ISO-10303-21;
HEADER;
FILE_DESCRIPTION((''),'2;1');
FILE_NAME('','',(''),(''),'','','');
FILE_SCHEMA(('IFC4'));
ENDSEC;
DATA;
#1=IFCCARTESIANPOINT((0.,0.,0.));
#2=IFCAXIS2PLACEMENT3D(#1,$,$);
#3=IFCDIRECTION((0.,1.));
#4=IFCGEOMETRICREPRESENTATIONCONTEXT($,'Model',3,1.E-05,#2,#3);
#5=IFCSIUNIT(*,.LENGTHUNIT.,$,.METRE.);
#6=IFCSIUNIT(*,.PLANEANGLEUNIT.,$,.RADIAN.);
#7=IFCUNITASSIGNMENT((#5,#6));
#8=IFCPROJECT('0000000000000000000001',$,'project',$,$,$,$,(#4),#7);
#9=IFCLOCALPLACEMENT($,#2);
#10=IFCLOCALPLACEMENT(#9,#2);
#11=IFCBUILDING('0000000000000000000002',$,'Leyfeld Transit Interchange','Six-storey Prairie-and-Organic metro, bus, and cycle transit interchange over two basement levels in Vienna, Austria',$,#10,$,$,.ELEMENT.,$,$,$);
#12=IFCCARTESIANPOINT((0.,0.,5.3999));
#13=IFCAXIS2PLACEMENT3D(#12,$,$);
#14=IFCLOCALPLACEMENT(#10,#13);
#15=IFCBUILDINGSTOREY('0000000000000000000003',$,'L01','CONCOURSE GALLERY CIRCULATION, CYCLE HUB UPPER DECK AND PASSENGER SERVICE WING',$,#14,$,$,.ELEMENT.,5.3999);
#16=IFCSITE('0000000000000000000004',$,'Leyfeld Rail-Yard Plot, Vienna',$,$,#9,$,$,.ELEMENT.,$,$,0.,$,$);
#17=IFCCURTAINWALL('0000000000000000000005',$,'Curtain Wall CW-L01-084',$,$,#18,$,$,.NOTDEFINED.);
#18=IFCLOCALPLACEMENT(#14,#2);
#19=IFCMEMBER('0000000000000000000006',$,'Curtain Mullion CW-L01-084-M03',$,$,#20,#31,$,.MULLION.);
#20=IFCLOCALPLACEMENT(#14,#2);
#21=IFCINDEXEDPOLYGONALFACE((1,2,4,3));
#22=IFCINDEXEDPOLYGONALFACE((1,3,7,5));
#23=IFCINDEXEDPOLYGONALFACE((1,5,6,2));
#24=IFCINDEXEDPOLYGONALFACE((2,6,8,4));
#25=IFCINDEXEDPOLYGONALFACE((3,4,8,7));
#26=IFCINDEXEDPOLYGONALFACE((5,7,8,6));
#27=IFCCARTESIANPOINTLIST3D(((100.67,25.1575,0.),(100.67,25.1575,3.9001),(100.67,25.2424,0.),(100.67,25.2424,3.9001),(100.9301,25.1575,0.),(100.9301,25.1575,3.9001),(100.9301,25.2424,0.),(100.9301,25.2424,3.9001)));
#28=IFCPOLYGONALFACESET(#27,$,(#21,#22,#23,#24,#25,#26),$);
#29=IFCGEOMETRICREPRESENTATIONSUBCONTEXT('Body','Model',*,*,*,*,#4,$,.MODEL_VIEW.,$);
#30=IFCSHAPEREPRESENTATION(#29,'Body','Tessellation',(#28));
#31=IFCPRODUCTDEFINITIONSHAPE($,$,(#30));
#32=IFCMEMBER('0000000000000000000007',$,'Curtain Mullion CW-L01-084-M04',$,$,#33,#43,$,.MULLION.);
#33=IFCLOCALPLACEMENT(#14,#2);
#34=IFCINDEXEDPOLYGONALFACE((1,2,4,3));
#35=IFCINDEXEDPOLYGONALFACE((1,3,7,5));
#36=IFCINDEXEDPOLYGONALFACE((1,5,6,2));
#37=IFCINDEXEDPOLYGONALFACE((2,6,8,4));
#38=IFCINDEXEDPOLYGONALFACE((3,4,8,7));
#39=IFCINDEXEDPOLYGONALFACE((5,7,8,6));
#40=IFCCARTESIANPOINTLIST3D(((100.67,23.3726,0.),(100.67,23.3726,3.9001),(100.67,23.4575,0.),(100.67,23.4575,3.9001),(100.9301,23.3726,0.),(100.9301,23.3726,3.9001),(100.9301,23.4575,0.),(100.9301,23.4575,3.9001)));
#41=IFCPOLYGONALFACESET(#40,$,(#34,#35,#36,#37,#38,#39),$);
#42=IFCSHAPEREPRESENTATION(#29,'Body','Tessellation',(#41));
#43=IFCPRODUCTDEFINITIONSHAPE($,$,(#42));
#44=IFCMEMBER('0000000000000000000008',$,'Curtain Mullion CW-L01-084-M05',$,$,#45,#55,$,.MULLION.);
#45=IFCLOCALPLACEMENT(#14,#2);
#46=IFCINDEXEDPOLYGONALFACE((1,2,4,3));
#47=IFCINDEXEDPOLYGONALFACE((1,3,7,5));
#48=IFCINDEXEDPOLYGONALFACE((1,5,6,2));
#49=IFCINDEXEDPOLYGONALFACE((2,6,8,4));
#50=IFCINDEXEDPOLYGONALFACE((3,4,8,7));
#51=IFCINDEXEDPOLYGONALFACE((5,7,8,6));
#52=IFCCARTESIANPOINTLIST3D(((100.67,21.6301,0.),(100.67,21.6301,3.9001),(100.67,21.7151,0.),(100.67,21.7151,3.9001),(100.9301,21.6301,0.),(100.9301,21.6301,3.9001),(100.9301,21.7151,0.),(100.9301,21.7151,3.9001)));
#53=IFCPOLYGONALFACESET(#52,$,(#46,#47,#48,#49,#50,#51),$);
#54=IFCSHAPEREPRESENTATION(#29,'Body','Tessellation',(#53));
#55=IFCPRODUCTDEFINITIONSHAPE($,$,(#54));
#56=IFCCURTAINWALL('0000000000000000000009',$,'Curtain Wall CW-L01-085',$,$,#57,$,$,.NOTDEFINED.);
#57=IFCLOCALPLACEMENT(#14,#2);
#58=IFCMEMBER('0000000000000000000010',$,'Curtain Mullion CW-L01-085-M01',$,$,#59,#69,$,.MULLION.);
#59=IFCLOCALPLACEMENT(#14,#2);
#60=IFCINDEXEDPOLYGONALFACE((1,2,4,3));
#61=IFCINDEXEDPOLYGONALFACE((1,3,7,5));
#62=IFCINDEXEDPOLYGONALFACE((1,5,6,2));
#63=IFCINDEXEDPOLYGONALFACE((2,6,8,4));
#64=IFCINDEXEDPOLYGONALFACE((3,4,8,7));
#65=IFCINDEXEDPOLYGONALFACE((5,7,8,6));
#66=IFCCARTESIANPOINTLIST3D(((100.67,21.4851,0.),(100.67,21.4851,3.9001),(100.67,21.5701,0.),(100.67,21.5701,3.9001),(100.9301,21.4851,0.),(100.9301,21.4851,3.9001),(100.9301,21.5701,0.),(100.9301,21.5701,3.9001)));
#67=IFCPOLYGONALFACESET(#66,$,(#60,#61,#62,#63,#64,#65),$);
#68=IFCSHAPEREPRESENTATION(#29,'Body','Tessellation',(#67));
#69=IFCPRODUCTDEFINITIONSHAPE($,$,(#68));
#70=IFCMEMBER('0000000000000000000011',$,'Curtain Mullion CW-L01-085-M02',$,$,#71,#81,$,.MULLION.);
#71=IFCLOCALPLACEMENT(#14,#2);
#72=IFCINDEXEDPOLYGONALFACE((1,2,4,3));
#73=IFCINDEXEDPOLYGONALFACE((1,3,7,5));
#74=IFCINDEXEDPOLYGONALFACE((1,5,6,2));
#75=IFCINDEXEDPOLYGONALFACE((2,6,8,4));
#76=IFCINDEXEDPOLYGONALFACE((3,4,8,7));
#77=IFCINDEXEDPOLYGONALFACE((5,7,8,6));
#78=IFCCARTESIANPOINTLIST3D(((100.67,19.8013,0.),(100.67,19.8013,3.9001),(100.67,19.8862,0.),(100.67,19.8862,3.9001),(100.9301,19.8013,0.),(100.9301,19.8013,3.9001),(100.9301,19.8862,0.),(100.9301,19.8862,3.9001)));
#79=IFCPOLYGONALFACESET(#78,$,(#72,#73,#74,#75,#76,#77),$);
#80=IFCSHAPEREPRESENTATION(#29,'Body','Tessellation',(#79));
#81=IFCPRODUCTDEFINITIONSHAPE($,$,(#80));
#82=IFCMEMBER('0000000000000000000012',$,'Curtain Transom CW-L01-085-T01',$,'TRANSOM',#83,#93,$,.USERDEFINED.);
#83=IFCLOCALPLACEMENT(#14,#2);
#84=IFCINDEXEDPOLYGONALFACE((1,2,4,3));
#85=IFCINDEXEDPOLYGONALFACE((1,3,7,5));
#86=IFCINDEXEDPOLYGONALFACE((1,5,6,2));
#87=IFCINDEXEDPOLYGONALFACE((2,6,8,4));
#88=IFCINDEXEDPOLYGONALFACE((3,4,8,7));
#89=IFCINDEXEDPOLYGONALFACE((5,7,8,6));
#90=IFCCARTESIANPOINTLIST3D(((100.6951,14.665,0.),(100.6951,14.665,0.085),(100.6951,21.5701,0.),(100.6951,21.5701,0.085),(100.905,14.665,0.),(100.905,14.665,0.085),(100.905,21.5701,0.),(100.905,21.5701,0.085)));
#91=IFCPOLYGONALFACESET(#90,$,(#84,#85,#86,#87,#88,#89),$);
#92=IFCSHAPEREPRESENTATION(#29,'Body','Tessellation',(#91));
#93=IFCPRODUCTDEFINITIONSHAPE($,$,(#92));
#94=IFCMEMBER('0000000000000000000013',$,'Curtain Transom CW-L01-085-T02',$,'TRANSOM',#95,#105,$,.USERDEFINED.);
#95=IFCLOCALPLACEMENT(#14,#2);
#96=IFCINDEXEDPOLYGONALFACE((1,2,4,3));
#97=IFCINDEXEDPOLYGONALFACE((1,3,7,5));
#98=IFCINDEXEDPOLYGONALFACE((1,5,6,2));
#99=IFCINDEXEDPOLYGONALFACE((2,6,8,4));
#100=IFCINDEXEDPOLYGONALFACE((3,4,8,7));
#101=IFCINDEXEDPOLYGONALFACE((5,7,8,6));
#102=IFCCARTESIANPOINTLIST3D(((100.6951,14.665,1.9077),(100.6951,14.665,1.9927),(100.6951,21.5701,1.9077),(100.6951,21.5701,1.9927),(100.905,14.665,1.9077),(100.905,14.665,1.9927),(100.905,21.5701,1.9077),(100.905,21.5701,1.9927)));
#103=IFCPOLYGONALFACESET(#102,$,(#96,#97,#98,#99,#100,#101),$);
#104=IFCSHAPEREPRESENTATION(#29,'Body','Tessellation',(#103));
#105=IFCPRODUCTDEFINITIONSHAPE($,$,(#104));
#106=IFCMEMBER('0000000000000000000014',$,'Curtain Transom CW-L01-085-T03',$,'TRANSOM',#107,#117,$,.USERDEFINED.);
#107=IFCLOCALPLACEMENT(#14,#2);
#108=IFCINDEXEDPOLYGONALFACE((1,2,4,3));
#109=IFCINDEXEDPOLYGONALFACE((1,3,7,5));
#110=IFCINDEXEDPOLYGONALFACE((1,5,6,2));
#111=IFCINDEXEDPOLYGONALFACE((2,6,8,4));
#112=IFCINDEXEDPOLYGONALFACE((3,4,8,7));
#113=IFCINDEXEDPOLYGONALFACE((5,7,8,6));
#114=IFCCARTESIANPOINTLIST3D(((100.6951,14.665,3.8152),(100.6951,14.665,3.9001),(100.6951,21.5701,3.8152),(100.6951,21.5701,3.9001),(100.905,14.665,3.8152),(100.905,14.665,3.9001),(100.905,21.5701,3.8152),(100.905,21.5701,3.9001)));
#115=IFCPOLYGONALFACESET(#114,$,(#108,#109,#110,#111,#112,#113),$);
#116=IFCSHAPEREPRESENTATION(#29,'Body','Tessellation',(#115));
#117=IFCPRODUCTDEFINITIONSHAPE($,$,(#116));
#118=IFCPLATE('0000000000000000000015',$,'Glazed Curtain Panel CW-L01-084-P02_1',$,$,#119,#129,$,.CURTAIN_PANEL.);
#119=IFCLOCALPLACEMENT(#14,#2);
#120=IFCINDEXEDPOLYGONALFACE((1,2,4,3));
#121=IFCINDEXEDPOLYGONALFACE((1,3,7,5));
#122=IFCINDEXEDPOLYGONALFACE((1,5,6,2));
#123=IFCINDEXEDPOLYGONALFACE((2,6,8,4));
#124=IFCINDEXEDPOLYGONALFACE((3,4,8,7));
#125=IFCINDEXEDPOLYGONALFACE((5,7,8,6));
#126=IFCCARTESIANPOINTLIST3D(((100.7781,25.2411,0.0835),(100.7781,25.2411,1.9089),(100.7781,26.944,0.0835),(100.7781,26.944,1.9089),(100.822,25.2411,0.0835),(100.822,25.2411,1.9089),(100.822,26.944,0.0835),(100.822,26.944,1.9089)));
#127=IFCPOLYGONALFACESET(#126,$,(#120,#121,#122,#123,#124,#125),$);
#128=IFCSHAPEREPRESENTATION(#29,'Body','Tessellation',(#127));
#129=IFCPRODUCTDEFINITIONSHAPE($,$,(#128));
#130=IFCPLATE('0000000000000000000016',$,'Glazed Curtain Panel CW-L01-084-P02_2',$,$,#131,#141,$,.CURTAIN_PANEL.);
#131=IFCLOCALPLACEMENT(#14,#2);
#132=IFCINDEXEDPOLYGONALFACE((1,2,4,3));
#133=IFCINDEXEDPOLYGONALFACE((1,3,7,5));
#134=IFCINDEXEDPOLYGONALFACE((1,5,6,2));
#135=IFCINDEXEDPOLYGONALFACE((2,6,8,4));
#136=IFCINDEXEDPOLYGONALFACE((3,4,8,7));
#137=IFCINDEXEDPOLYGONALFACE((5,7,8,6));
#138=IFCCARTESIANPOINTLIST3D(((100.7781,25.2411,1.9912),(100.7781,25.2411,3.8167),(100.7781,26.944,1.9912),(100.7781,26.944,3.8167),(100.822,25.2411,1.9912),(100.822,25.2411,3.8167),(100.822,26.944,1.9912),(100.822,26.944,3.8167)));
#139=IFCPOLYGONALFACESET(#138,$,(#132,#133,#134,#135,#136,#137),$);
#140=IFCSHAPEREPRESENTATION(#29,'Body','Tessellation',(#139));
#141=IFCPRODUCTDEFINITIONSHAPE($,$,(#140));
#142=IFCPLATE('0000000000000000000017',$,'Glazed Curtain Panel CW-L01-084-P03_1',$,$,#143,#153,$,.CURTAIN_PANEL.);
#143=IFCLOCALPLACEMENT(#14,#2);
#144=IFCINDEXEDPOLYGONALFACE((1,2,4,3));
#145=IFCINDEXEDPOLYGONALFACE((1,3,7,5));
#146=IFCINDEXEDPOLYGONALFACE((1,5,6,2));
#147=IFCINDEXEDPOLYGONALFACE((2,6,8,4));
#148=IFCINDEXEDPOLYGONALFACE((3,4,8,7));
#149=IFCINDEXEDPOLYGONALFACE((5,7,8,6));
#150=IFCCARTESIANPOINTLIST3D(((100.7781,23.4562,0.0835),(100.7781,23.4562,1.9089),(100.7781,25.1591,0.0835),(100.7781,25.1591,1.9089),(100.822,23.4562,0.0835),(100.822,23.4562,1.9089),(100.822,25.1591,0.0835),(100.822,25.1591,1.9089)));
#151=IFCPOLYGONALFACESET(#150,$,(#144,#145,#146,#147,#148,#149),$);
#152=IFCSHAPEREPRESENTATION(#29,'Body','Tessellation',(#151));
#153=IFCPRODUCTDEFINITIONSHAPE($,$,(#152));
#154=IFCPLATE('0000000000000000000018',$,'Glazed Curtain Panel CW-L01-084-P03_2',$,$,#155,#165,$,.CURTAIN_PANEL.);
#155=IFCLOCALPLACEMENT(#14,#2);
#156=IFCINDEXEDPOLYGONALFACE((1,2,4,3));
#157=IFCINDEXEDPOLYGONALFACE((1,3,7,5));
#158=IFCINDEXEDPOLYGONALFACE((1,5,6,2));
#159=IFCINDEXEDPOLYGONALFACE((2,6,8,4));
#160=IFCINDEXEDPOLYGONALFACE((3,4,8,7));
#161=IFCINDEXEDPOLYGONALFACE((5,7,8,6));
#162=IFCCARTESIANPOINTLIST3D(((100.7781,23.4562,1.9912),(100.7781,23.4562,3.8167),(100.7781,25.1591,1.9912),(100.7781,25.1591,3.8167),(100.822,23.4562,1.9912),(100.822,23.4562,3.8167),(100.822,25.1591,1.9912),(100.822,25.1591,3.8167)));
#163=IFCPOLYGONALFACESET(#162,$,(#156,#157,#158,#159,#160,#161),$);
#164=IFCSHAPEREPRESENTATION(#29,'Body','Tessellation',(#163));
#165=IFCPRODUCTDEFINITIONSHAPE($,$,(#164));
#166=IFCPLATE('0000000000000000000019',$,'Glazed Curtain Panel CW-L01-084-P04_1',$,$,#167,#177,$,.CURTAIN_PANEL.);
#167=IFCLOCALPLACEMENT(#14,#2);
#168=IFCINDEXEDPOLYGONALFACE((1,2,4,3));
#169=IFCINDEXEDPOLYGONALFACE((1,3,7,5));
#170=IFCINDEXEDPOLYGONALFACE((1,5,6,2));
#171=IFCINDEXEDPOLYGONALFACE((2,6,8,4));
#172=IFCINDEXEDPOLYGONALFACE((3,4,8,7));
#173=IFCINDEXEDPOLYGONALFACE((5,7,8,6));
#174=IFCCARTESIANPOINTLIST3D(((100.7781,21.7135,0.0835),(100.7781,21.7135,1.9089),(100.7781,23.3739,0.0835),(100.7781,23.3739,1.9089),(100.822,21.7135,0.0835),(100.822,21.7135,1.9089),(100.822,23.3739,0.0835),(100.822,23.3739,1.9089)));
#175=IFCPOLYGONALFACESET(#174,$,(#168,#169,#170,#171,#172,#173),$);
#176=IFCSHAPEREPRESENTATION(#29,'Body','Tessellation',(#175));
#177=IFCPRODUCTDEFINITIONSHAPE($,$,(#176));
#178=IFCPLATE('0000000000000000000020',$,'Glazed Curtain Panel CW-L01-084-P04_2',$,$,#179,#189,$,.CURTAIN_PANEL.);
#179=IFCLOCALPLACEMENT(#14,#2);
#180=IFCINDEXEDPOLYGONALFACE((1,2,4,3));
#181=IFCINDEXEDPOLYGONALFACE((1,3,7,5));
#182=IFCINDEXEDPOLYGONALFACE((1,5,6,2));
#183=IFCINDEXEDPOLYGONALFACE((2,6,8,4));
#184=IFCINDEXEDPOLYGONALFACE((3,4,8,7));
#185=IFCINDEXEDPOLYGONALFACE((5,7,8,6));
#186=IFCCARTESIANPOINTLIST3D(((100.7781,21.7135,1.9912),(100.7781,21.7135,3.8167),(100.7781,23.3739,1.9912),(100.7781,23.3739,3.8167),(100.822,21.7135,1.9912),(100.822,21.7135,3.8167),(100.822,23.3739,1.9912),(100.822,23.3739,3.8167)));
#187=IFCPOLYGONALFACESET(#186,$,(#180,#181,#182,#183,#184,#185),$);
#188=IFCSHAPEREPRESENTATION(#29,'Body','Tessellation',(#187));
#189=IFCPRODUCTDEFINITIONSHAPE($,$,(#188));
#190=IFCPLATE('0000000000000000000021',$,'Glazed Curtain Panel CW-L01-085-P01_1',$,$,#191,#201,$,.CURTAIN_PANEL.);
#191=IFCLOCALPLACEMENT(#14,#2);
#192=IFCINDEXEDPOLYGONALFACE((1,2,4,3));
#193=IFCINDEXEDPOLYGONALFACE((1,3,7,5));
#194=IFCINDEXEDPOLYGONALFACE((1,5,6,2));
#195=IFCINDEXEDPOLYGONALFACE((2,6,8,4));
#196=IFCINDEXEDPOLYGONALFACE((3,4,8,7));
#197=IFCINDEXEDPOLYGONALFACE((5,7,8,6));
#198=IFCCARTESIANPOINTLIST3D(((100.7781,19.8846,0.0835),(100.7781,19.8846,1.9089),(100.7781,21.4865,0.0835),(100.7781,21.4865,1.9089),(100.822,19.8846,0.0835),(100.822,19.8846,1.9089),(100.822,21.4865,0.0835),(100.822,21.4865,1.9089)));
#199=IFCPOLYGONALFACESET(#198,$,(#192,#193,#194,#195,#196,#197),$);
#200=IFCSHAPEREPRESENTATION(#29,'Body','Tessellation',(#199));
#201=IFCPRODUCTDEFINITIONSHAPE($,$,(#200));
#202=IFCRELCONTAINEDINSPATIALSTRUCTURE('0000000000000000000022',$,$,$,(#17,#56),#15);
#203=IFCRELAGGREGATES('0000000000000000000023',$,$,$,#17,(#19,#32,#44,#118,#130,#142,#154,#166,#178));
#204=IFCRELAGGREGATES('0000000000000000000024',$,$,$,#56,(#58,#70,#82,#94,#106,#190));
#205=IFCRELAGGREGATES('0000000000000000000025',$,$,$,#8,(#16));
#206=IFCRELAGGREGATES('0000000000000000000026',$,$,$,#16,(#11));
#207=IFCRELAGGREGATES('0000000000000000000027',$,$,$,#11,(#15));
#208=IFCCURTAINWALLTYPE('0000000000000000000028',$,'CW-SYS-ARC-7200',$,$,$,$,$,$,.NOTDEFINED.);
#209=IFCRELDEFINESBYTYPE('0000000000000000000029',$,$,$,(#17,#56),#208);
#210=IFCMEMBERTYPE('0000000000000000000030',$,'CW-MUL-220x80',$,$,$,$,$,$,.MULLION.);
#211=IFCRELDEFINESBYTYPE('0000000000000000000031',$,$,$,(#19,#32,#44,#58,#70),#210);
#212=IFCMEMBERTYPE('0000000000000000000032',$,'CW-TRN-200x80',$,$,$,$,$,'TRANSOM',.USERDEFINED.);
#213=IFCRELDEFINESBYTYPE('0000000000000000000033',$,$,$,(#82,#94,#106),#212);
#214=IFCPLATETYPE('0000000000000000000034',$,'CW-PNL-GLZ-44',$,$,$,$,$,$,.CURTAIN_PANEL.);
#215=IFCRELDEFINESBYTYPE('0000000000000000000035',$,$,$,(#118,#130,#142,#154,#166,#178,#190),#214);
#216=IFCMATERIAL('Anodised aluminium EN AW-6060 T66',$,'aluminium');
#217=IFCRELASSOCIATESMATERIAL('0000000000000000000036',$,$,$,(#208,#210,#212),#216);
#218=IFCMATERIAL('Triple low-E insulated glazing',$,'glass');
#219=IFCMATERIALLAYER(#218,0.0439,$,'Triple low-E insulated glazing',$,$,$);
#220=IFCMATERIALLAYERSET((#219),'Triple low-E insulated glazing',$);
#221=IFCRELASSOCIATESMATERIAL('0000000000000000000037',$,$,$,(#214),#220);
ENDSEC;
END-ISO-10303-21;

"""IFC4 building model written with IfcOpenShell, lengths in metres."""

from ifc_helpers import new_model, si_unit, direction, frame, origin, origin_2d, place, context, subcontext, project, spatial, rectangle, extrude, material, layer, layer_set, material_profile, profile_set, type_object, element, aggregate, save


model = new_model("IFC4")

# Units and contexts
model_context = context("Model", 3, precision=1e-05, world=origin(), true_north=direction((0.0, 1.0)))
body_context = subcontext(model_context, "Body", "Model", "MODEL_VIEW")
ifc_project = project(units=[si_unit("LENGTHUNIT", "METRE"), si_unit("PLANEANGLEUNIT", "RADIAN")], contexts=[model_context])

# Site, building, storey
site_placement = place(None, origin())
site = spatial("IfcSite", under=ifc_project, at=site_placement, Name="Leyfeld Rail-Yard Plot, Vienna", CompositionType="ELEMENT", RefElevation=0.0)
building_placement = place(site_placement, origin())
building = spatial("IfcBuilding", under=site, at=building_placement, Name="Leyfeld Transit Interchange", Description="Six-storey Prairie-and-Organic metro, bus, and cycle transit interchange over two basement levels in Vienna, Austria", CompositionType="ELEMENT")
storey_placement = place(building_placement, frame((0.0, 0.0, 5.3999)))
storey = spatial("IfcBuildingStorey", under=building, at=storey_placement, Name="L01", Description="CONCOURSE GALLERY CIRCULATION, CYCLE HUB UPPER DECK AND PASSENGER SERVICE WING", CompositionType="ELEMENT", Elevation=5.3999)

# Curtain walls, members
ifc_material_1 = material(Name="Anodised aluminium EN AW-6060 T66", Category="aluminium")
curtain_wall_type = type_object("IfcCurtainWallType", Name="CW-SYS-ARC-7200", PredefinedType="NOTDEFINED", material=ifc_material_1)
curtain_wall_1_placement = place(storey_placement, origin())
curtain_wall_1 = element("IfcCurtainWall", 1, at=curtain_wall_1_placement, inside=storey, type_object=curtain_wall_type, Name="Curtain Wall CW-L01-084", PredefinedType="NOTDEFINED")
ifc_material_profile_1 = material_profile(ifc_material_1, rectangle(XDim=0.085, YDim=0.26, at=origin_2d()), Name="CW-M 85x260")
ifc_profile_set_1 = profile_set([ifc_material_profile_1], Name="Anodised aluminium EN AW-6060 T66")
member_type_1 = type_object("IfcMemberType", Name="CW-MUL-220x80", PredefinedType="MULLION", material=ifc_profile_set_1)
member_1_placement = place(storey_placement, frame((100.8, 25.2, 0.0), z_axis=(0.0, 0.0, 1.0), x_axis=(0.0, -1.0, 0.0)))
member_1 = element("IfcMember", 2, at=member_1_placement, type_object=member_type_1, Name="Curtain Mullion CW-L01-084-M03", PredefinedType="MULLION", context=body_context, shape_type="SweptSolid", body=[
    extrude(rectangle(XDim=0.085, YDim=0.26, at=origin_2d()), origin(), (0.0, 0.0, 1.0), 3.9001),
])
member_2_placement = place(storey_placement, frame((100.8, 23.415, 0.0), z_axis=(0.0, 0.0, 1.0), x_axis=(0.0, -1.0, 0.0)))
member_2 = element("IfcMember", 3, at=member_2_placement, type_object=member_type_1, Name="Curtain Mullion CW-L01-084-M04", PredefinedType="MULLION", context=body_context, shape_type="SweptSolid", body=[
    extrude(rectangle(XDim=0.085, YDim=0.26, at=origin_2d()), origin(), (0.0, 0.0, 1.0), 3.9001),
])
member_3_placement = place(storey_placement, frame((100.8, 21.6726, 0.0), z_axis=(0.0, 0.0, 1.0), x_axis=(0.0, -1.0, 0.0)))
member_3 = element("IfcMember", 4, at=member_3_placement, type_object=member_type_1, Name="Curtain Mullion CW-L01-084-M05", PredefinedType="MULLION", context=body_context, shape_type="SweptSolid", body=[
    extrude(rectangle(XDim=0.085, YDim=0.26, at=origin_2d()), origin(), (0.0, 0.0, 1.0), 3.9001),
])
curtain_wall_2_placement = place(storey_placement, origin())
curtain_wall_2 = element("IfcCurtainWall", 5, at=curtain_wall_2_placement, inside=storey, type_object=curtain_wall_type, Name="Curtain Wall CW-L01-085", PredefinedType="NOTDEFINED")
member_4_placement = place(storey_placement, frame((100.8, 21.5276, 0.0), z_axis=(0.0, 0.0, 1.0), x_axis=(0.0, -1.0, 0.0)))
member_4 = element("IfcMember", 6, at=member_4_placement, type_object=member_type_1, Name="Curtain Mullion CW-L01-085-M01", PredefinedType="MULLION", context=body_context, shape_type="SweptSolid", body=[
    extrude(rectangle(XDim=0.085, YDim=0.26, at=origin_2d()), origin(), (0.0, 0.0, 1.0), 3.9001),
])
member_5_placement = place(storey_placement, frame((100.8, 19.8438, 0.0), z_axis=(0.0, 0.0, 1.0), x_axis=(0.0, -1.0, 0.0)))
member_5 = element("IfcMember", 7, at=member_5_placement, type_object=member_type_1, Name="Curtain Mullion CW-L01-085-M02", PredefinedType="MULLION", context=body_context, shape_type="SweptSolid", body=[
    extrude(rectangle(XDim=0.085, YDim=0.26, at=origin_2d()), origin(), (0.0, 0.0, 1.0), 3.9001),
])
ifc_material_profile_2 = material_profile(ifc_material_1, rectangle(XDim=0.21, YDim=0.085, at=origin_2d()), Name="CW-TRN-200x80")
ifc_profile_set_2 = profile_set([ifc_material_profile_2], Name="Anodised aluminium EN AW-6060 T66")
member_type_2 = type_object("IfcMemberType", Name="CW-TRN-200x80", ElementType="TRANSOM", PredefinedType="USERDEFINED", material=ifc_profile_set_2)
member_6_placement = place(storey_placement, frame((100.8, 21.5701, 0.0425), z_axis=(0.0, -1.0, 0.0), x_axis=(1.0, 0.0, 0.0)))
member_6 = element("IfcMember", 8, at=member_6_placement, type_object=member_type_2, Name="Curtain Transom CW-L01-085-T01", ObjectType="TRANSOM", PredefinedType="USERDEFINED", context=body_context, shape_type="SweptSolid", body=[
    extrude(rectangle(XDim=0.21, YDim=0.085, at=origin_2d()), origin(), (0.0, 0.0, 1.0), 6.905),
])
member_7_placement = place(storey_placement, frame((100.8, 21.5701, 1.9502), z_axis=(0.0, -1.0, 0.0), x_axis=(1.0, 0.0, 0.0)))
member_7 = element("IfcMember", 9, at=member_7_placement, type_object=member_type_2, Name="Curtain Transom CW-L01-085-T02", ObjectType="TRANSOM", PredefinedType="USERDEFINED", context=body_context, shape_type="SweptSolid", body=[
    extrude(rectangle(XDim=0.21, YDim=0.085, at=origin_2d()), origin(), (0.0, 0.0, 1.0), 6.905),
])
member_8_placement = place(storey_placement, frame((100.8, 21.5701, 3.8577), z_axis=(0.0, -1.0, 0.0), x_axis=(1.0, 0.0, 0.0)))
member_8 = element("IfcMember", 10, at=member_8_placement, type_object=member_type_2, Name="Curtain Transom CW-L01-085-T03", ObjectType="TRANSOM", PredefinedType="USERDEFINED", context=body_context, shape_type="SweptSolid", body=[
    extrude(rectangle(XDim=0.21, YDim=0.085, at=origin_2d()), origin(), (0.0, 0.0, 1.0), 6.905),
])

# Plates
ifc_material_2 = material(Name="Triple low-E insulated glazing", Category="glass")
ifc_layer = layer(ifc_material_2, 0.0439, Name="Triple low-E insulated glazing")
ifc_layer_set = layer_set([ifc_layer], Name="Triple low-E insulated glazing")
plate_type = type_object("IfcPlateType", Name="CW-PNL-GLZ-44", PredefinedType="CURTAIN_PANEL", material=ifc_layer_set)
plate_1_placement = place(storey_placement, frame((100.8, 26.0925, 0.0835), z_axis=(0.0, 0.0, 1.0), x_axis=(0.0, -1.0, 0.0)))
plate_1 = element("IfcPlate", 11, at=plate_1_placement, type_object=plate_type, Name="Glazed Curtain Panel CW-L01-084-P02_1", PredefinedType="CURTAIN_PANEL", context=body_context, shape_type="SweptSolid", body=[
    extrude(rectangle(XDim=1.7029, YDim=0.0439, at=origin_2d()), origin(), (0.0, 0.0, 1.0), 1.8254),
])
plate_2_placement = place(storey_placement, frame((100.8, 26.0925, 1.9912), z_axis=(0.0, 0.0, 1.0), x_axis=(0.0, -1.0, 0.0)))
plate_2 = element("IfcPlate", 12, at=plate_2_placement, type_object=plate_type, Name="Glazed Curtain Panel CW-L01-084-P02_2", PredefinedType="CURTAIN_PANEL", context=body_context, shape_type="SweptSolid", body=[
    extrude(rectangle(XDim=1.7029, YDim=0.0439, at=origin_2d()), origin(), (0.0, 0.0, 1.0), 1.8254),
])
plate_3_placement = place(storey_placement, frame((100.8, 24.3076, 0.0835), z_axis=(0.0, 0.0, 1.0), x_axis=(0.0, -1.0, 0.0)))
plate_3 = element("IfcPlate", 13, at=plate_3_placement, type_object=plate_type, Name="Glazed Curtain Panel CW-L01-084-P03_1", PredefinedType="CURTAIN_PANEL", context=body_context, shape_type="SweptSolid", body=[
    extrude(rectangle(XDim=1.7029, YDim=0.0439, at=origin_2d()), origin(), (0.0, 0.0, 1.0), 1.8254),
])
plate_4_placement = place(storey_placement, frame((100.8, 24.3076, 1.9912), z_axis=(0.0, 0.0, 1.0), x_axis=(0.0, -1.0, 0.0)))
plate_4 = element("IfcPlate", 14, at=plate_4_placement, type_object=plate_type, Name="Glazed Curtain Panel CW-L01-084-P03_2", PredefinedType="CURTAIN_PANEL", context=body_context, shape_type="SweptSolid", body=[
    extrude(rectangle(XDim=1.7029, YDim=0.0439, at=origin_2d()), origin(), (0.0, 0.0, 1.0), 1.8254),
])
plate_5_placement = place(storey_placement, frame((100.8, 22.5437, 0.0835), z_axis=(0.0, 0.0, 1.0), x_axis=(0.0, -1.0, 0.0)))
plate_5 = element("IfcPlate", 15, at=plate_5_placement, type_object=plate_type, Name="Glazed Curtain Panel CW-L01-084-P04_1", PredefinedType="CURTAIN_PANEL", context=body_context, shape_type="SweptSolid", body=[
    extrude(rectangle(XDim=1.6604, YDim=0.0439, at=origin_2d()), origin(), (0.0, 0.0, 1.0), 1.8254),
])
plate_6_placement = place(storey_placement, frame((100.8, 22.5437, 1.9912), z_axis=(0.0, 0.0, 1.0), x_axis=(0.0, -1.0, 0.0)))
plate_6 = element("IfcPlate", 16, at=plate_6_placement, type_object=plate_type, Name="Glazed Curtain Panel CW-L01-084-P04_2", PredefinedType="CURTAIN_PANEL", context=body_context, shape_type="SweptSolid", body=[
    extrude(rectangle(XDim=1.6604, YDim=0.0439, at=origin_2d()), origin(), (0.0, 0.0, 1.0), 1.8254),
])
aggregate(curtain_wall_1, [member_1, member_2, member_3, plate_1, plate_2, plate_3, plate_4, plate_5, plate_6])
plate_7_placement = place(storey_placement, frame((100.8, 20.6855, 0.0835), z_axis=(0.0, 0.0, 1.0), x_axis=(0.0, -1.0, 0.0)))
plate_7 = element("IfcPlate", 17, at=plate_7_placement, type_object=plate_type, Name="Glazed Curtain Panel CW-L01-085-P01_1", PredefinedType="CURTAIN_PANEL", context=body_context, shape_type="SweptSolid", body=[
    extrude(rectangle(XDim=1.6018, YDim=0.0439, at=origin_2d()), origin(), (0.0, 0.0, 1.0), 1.8254),
])
aggregate(curtain_wall_2, [member_4, member_5, member_6, member_7, member_8, plate_7])

save(model, "model.ifc")
